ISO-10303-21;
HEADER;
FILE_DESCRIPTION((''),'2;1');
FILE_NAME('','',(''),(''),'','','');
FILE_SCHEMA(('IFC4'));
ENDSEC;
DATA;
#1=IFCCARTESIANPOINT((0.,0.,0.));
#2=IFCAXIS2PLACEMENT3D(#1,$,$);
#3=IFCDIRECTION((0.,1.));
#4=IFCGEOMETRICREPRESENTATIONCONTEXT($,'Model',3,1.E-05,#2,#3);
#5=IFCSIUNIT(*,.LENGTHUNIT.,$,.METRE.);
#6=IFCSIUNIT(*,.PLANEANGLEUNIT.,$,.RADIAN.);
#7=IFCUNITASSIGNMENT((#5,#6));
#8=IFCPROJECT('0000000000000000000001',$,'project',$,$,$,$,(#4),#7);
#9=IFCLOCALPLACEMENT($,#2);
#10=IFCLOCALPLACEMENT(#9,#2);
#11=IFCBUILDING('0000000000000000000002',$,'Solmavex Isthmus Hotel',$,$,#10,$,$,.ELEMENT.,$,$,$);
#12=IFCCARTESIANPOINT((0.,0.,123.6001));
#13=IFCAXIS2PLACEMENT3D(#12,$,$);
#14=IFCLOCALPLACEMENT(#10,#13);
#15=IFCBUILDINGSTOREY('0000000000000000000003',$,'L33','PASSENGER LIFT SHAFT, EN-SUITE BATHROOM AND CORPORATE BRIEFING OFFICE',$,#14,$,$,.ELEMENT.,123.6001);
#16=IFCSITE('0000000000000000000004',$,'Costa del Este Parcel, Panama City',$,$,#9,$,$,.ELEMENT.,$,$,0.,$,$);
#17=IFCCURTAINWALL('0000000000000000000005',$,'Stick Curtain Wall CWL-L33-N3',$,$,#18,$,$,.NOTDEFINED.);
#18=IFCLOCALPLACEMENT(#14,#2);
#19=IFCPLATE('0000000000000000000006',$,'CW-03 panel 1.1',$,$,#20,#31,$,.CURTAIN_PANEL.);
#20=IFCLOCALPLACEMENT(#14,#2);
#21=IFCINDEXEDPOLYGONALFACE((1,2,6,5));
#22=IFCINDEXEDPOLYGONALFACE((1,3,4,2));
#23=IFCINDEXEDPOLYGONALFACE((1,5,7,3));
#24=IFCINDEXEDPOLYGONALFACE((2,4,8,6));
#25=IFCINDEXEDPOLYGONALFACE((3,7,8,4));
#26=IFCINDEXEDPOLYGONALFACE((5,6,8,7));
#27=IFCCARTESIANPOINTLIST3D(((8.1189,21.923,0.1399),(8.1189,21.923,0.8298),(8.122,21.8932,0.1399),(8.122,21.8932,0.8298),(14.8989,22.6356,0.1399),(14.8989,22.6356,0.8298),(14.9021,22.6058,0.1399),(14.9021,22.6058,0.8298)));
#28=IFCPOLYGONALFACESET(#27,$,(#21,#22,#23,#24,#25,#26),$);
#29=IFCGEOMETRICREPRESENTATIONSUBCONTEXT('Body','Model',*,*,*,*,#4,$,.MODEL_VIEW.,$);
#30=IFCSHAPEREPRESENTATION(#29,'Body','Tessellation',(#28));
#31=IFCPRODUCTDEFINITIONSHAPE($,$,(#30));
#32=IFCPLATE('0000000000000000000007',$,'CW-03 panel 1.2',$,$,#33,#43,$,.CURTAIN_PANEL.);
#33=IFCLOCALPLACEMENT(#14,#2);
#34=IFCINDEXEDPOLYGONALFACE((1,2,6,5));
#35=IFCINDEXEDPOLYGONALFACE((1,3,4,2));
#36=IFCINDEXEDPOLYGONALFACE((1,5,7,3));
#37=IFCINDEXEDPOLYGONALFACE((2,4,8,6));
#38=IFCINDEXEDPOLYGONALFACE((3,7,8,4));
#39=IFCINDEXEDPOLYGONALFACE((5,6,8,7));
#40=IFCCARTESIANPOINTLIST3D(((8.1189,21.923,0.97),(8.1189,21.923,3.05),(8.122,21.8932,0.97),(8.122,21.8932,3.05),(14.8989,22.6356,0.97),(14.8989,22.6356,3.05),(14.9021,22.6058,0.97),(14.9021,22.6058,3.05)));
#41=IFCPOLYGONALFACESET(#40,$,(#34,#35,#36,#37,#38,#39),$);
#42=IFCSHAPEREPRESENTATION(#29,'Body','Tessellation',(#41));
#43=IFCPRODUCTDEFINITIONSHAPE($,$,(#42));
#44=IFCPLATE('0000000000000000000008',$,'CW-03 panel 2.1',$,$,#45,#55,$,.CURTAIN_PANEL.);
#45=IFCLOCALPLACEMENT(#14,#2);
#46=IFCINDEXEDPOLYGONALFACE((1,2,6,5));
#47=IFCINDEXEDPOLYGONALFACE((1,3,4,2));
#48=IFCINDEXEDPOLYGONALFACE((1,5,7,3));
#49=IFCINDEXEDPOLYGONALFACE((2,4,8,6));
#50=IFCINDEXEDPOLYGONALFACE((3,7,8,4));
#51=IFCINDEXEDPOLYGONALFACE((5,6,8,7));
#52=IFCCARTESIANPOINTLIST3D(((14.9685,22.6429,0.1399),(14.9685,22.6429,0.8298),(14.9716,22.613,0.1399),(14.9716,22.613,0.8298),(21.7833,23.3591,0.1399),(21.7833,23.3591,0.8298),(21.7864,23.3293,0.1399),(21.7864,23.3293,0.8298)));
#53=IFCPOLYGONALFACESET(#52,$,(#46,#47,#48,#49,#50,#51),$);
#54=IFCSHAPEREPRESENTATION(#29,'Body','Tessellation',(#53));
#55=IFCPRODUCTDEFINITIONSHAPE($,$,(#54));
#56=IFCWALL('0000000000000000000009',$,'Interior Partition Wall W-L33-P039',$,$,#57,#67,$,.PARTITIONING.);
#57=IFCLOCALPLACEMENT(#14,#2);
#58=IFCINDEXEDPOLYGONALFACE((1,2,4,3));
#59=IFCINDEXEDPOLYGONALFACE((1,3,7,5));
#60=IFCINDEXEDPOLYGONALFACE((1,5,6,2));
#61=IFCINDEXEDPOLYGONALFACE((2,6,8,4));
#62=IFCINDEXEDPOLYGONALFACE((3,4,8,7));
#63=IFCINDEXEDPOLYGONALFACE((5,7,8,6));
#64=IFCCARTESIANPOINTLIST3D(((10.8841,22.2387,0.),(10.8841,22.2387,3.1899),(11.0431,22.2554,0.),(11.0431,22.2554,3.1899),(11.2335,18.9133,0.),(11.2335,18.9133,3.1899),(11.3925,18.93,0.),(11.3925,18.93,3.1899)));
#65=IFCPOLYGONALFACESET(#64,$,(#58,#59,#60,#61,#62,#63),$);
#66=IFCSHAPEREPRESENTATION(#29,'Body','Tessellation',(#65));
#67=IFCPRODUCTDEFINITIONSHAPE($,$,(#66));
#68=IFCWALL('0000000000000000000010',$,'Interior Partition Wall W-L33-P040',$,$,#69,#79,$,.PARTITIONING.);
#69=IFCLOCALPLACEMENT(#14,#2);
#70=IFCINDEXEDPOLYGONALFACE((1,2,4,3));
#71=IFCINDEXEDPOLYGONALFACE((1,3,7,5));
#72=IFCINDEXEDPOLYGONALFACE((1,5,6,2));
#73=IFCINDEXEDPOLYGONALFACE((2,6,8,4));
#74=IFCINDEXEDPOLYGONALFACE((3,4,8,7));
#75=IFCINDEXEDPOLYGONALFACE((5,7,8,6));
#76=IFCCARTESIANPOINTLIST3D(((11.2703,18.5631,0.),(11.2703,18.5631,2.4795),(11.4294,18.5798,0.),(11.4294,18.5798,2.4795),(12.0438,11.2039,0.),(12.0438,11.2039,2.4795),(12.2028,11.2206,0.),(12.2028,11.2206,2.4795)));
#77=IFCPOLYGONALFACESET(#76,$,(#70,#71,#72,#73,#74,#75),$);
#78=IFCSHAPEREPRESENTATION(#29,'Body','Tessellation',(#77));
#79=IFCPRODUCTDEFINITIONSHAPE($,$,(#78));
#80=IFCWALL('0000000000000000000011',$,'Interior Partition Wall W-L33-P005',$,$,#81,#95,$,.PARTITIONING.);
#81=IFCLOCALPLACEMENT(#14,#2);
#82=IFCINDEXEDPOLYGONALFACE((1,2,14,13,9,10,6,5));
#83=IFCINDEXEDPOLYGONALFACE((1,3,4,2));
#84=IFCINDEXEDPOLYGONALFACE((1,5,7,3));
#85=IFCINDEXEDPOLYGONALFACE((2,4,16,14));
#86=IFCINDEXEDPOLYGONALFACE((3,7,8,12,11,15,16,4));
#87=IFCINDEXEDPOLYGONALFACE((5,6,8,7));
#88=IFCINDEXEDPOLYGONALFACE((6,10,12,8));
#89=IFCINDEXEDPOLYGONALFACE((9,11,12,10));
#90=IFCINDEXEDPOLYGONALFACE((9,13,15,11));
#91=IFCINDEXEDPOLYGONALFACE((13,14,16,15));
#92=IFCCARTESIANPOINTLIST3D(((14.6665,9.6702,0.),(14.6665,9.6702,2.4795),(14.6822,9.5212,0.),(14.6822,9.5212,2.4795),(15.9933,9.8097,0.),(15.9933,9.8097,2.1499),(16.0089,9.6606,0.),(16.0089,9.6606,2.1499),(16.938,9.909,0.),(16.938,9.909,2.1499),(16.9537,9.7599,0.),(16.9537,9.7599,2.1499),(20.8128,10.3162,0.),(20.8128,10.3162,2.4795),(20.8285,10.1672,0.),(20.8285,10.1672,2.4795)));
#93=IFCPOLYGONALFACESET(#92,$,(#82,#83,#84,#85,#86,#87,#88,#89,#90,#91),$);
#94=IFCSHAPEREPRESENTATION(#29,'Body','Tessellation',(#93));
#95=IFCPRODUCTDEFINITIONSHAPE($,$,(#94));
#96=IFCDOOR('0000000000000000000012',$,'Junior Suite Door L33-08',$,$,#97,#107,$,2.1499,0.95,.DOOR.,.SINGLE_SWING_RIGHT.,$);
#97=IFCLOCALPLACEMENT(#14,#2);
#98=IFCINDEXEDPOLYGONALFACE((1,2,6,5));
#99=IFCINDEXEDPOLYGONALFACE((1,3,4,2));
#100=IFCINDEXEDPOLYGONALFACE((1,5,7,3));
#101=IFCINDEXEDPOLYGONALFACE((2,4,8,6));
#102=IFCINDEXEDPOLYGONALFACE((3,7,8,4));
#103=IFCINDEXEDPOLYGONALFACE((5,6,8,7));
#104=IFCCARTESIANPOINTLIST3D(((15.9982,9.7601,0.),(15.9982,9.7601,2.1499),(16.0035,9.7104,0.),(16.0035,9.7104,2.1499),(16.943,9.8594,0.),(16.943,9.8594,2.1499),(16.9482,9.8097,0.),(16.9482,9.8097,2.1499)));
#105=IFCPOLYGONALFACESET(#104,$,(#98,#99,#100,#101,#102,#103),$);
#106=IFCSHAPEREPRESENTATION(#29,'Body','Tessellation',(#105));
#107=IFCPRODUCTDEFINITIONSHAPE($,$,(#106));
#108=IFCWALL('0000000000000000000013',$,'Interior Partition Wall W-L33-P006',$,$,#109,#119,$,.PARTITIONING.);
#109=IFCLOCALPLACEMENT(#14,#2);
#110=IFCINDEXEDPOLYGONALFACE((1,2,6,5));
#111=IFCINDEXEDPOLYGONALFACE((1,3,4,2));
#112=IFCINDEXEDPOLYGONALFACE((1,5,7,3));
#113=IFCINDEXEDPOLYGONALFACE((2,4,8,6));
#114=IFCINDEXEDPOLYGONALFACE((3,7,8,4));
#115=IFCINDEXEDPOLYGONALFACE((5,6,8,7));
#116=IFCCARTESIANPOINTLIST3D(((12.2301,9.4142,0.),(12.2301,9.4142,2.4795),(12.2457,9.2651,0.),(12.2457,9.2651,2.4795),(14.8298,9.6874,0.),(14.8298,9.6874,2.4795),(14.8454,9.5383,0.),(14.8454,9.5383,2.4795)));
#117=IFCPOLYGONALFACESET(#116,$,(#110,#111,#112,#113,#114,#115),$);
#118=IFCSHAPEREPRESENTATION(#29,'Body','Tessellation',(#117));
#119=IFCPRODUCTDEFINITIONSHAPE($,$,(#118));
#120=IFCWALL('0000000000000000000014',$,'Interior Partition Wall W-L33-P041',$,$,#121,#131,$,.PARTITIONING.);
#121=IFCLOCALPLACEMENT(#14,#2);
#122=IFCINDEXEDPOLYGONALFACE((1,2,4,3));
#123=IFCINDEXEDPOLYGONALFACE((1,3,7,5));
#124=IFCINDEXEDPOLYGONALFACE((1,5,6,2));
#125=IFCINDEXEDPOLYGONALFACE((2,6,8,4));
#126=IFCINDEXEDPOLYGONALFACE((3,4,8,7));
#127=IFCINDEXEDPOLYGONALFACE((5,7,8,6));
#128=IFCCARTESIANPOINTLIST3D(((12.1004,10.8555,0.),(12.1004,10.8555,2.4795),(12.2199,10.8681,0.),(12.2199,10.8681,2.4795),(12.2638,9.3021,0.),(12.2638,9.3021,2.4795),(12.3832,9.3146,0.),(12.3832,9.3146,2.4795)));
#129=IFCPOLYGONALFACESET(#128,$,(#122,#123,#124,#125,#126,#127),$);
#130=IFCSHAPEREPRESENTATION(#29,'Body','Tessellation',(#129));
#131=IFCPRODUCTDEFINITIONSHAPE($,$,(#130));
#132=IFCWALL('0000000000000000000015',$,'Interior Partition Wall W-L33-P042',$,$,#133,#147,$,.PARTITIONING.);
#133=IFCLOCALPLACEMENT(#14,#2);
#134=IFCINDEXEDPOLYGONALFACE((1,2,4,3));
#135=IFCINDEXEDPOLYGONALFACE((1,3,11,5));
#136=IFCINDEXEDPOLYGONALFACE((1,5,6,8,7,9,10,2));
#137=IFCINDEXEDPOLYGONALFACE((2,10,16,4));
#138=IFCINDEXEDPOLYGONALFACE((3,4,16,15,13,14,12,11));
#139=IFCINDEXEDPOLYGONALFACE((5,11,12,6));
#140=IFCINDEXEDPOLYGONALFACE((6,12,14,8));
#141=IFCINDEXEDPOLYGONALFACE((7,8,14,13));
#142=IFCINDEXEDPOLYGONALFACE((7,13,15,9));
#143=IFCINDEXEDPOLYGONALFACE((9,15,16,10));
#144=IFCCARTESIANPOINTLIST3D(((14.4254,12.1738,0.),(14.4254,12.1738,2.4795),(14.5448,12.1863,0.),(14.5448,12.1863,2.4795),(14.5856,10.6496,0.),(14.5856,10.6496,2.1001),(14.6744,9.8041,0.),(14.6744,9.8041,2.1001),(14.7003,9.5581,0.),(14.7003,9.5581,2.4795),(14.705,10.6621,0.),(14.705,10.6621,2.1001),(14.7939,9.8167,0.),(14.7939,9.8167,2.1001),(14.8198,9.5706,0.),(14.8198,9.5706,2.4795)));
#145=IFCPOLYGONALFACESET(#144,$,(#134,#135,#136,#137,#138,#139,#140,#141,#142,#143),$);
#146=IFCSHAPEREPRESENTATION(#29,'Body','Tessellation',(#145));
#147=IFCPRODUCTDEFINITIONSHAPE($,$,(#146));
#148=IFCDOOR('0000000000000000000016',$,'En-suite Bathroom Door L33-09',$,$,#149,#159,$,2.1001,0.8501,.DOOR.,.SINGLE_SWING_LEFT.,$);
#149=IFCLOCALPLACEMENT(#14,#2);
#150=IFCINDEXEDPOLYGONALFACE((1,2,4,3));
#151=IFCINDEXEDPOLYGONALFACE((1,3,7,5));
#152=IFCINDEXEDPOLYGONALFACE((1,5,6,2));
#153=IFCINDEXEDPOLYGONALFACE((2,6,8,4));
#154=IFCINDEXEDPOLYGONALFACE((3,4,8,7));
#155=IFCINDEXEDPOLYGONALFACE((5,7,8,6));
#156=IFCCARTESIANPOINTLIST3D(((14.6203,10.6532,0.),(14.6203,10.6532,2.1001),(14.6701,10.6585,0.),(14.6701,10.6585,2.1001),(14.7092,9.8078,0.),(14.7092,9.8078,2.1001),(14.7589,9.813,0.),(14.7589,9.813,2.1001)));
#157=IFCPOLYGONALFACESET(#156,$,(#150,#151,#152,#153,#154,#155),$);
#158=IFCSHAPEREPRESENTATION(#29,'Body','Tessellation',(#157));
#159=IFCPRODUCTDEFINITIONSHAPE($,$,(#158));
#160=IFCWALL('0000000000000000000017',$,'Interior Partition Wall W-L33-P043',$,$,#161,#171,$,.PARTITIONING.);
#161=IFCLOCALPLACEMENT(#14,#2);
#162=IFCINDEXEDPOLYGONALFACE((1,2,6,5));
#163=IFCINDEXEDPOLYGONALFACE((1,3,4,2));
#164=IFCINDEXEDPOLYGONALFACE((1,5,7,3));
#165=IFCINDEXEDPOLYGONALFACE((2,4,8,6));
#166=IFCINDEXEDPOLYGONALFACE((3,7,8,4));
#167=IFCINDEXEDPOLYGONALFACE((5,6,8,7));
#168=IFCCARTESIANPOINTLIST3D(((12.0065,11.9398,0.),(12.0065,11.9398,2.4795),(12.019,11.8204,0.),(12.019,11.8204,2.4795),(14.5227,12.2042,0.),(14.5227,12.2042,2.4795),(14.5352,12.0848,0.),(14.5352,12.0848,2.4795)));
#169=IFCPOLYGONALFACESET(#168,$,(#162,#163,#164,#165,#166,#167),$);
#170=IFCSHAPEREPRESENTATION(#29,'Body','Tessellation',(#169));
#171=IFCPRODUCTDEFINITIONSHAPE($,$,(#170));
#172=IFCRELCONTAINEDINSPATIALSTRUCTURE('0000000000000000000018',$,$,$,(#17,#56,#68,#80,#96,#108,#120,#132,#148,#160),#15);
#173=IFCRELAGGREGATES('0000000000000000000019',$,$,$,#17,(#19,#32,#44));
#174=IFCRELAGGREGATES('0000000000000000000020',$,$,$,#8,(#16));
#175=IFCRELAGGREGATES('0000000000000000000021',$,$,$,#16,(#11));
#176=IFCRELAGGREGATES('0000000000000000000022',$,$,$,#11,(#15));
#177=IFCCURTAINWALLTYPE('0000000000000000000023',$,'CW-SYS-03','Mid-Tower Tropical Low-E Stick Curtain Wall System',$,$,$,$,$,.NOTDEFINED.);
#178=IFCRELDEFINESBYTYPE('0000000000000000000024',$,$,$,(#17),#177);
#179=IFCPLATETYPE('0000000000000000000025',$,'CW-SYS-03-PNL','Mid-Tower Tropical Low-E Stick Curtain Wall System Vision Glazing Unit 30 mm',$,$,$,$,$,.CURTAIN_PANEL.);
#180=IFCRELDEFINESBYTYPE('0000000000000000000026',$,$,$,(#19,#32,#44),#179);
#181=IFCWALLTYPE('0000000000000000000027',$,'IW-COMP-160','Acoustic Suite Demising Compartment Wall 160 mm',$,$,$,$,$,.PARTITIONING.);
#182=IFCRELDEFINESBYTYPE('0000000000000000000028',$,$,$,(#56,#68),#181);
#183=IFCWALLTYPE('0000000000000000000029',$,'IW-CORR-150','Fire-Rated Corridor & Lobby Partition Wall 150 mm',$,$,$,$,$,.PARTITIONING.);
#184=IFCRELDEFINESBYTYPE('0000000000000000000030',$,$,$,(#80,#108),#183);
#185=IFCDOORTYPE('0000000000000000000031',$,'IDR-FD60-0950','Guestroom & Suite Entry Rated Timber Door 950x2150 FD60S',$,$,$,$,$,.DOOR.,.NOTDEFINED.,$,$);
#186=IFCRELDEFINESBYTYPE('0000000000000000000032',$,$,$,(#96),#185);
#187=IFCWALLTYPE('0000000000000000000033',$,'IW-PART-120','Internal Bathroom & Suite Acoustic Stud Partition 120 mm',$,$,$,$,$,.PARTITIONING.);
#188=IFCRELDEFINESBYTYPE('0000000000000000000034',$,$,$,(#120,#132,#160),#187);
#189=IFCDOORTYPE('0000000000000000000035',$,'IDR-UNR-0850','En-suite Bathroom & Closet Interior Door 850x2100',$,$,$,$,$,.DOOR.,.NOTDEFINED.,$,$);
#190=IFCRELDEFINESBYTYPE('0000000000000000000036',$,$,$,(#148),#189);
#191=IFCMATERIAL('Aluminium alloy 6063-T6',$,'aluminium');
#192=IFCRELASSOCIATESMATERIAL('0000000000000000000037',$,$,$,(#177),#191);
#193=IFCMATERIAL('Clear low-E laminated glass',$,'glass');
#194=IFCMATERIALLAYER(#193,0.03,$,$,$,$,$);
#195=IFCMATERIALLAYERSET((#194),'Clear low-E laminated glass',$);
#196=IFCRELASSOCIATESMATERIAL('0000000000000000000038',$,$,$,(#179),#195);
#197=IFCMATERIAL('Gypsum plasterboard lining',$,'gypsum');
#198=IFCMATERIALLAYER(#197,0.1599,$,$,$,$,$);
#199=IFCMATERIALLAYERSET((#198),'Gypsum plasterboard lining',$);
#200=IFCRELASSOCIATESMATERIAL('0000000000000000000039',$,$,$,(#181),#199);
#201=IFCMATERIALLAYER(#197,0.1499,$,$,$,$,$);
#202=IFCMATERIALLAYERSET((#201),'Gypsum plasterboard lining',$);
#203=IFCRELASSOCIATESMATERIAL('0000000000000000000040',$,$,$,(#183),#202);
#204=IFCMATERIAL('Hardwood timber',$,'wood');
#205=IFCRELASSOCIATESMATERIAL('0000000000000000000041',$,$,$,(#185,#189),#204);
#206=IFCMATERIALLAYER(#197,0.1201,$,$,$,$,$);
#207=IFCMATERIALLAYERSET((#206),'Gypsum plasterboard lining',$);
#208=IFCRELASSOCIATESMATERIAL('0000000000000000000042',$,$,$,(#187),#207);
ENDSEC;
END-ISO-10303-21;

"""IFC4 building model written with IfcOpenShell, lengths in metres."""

from ifc_helpers import new_model, si_unit, direction, frame, frame_2d, origin, origin_2d, place, context, subcontext, project, spatial, rectangle, extrude, material, layer, layer_set, type_object, element, fill, aggregate, save


model = new_model("IFC4")

# Units and contexts
model_context = context("Model", 3, precision=1e-05, world=origin(), true_north=direction((0.0, 1.0)))
body_context = subcontext(model_context, "Body", "Model", "MODEL_VIEW")
ifc_project = project(units=[si_unit("LENGTHUNIT", "METRE"), si_unit("PLANEANGLEUNIT", "RADIAN")], contexts=[model_context])

# Site, building, storey
site_placement = place(None, origin())
site = spatial("IfcSite", under=ifc_project, at=site_placement, Name="Costa del Este Parcel, Panama City", CompositionType="ELEMENT", RefElevation=0.0)
building_placement = place(site_placement, origin())
building = spatial("IfcBuilding", under=site, at=building_placement, Name="Solmavex Isthmus Hotel", CompositionType="ELEMENT")
storey_placement = place(building_placement, frame((0.0, 0.0, 123.6001)))
storey = spatial("IfcBuildingStorey", under=building, at=storey_placement, Name="L33", Description="PASSENGER LIFT SHAFT, EN-SUITE BATHROOM AND CORPORATE BRIEFING OFFICE", CompositionType="ELEMENT", Elevation=123.6001)

# Curtain wall, plates
ifc_material_1 = material(Name="Aluminium alloy 6063-T6", Category="aluminium")
curtain_wall_type = type_object("IfcCurtainWallType", Name="CW-SYS-03", Description="Mid-Tower Tropical Low-E Stick Curtain Wall System", PredefinedType="NOTDEFINED", material=ifc_material_1)
curtain_wall_placement = place(storey_placement, origin())
curtain_wall = element("IfcCurtainWall", 1, at=curtain_wall_placement, inside=storey, type_object=curtain_wall_type, Name="Stick Curtain Wall CWL-L33-N3", PredefinedType="NOTDEFINED")
ifc_material_2 = material(Name="Clear low-E laminated glass", Category="glass")
ifc_layer_1 = layer(ifc_material_2, 0.03)
ifc_layer_set_1 = layer_set([ifc_layer_1], Name="Clear low-E laminated glass")
plate_type = type_object("IfcPlateType", Name="CW-SYS-03-PNL", Description="Mid-Tower Tropical Low-E Stick Curtain Wall System Vision Glazing Unit 30 mm", PredefinedType="CURTAIN_PANEL", material=ifc_layer_set_1)
plate_1_placement = place(storey_placement, frame((11.5105, 22.2644, 0.1399), z_axis=(0.0, 0.0, 1.0), x_axis=(0.994522, 0.104528, 0.0)))
plate_1 = element("IfcPlate", 2, at=plate_1_placement, type_object=plate_type, Name="CW-03 panel 1.1", PredefinedType="CURTAIN_PANEL", context=body_context, shape_type="SweptSolid", body=[
    extrude(rectangle(XDim=6.8174, YDim=0.03, at=origin_2d()), origin(), (0.0, 0.0, 1.0), 0.6899),
])
plate_2_placement = place(storey_placement, frame((11.5105, 22.2644, 0.97), z_axis=(0.0, 0.0, 1.0), x_axis=(0.994522, 0.104528, 0.0)))
plate_2 = element("IfcPlate", 3, at=plate_2_placement, type_object=plate_type, Name="CW-03 panel 1.2", PredefinedType="CURTAIN_PANEL", context=body_context, shape_type="SweptSolid", body=[
    extrude(rectangle(XDim=6.8174, YDim=0.03, at=origin_2d()), origin(), (0.0, 0.0, 1.0), 2.0801),
])
plate_3_placement = place(storey_placement, frame((18.3774, 22.9861, 0.1399), z_axis=(0.0, 0.0, 1.0), x_axis=(0.994522, 0.104528, 0.0)))
plate_3 = element("IfcPlate", 4, at=plate_3_placement, type_object=plate_type, Name="CW-03 panel 2.1", PredefinedType="CURTAIN_PANEL", context=body_context, shape_type="SweptSolid", body=[
    extrude(rectangle(XDim=6.8523, YDim=0.03, at=origin_2d()), origin(), (0.0, 0.0, 1.0), 0.6899),
])
aggregate(curtain_wall, [plate_1, plate_2, plate_3])

# Walls
ifc_material_3 = material(Name="Gypsum plasterboard lining", Category="gypsum")
ifc_layer_2 = layer(ifc_material_3, 0.1599)
ifc_layer_set_2 = layer_set([ifc_layer_2], Name="Gypsum plasterboard lining")
wall_type_1 = type_object("IfcWallType", Name="IW-COMP-160", Description="Acoustic Suite Demising Compartment Wall 160 mm", PredefinedType="PARTITIONING", material=ifc_layer_set_2)
wall_1_placement = place(storey_placement, frame((10.9636, 22.2471, 0.0), z_axis=(0.0, 0.0, 1.0), x_axis=(0.104483, -0.994527, 0.0)))
element("IfcWall", 5, at=wall_1_placement, inside=storey, type_object=wall_type_1, Name="Interior Partition Wall W-L33-P039", PredefinedType="PARTITIONING", context=body_context, shape_type="SweptSolid", body=[
    extrude(rectangle(XDim=3.3438, YDim=0.1599, at=frame_2d((1.6719, 0.0))), origin(), (0.0, 0.0, 1.0), 3.1899),
])
wall_2_placement = place(storey_placement, frame((11.3499, 18.5713, 0.0), z_axis=(0.0, 0.0, 1.0), x_axis=(0.104523, -0.994522, 0.0)))
element("IfcWall", 6, at=wall_2_placement, inside=storey, type_object=wall_type_1, Name="Interior Partition Wall W-L33-P040", PredefinedType="PARTITIONING", context=body_context, shape_type="SweptSolid", body=[
    extrude(rectangle(XDim=7.3997, YDim=0.1599, at=frame_2d((3.6997, 0.0))), origin(), (0.0, 0.0, 1.0), 2.4795),
])

# Wall, opening, door
ifc_layer_3 = layer(ifc_material_3, 0.1499)
ifc_layer_set_3 = layer_set([ifc_layer_3], Name="Gypsum plasterboard lining")
wall_type_2 = type_object("IfcWallType", Name="IW-CORR-150", Description="Fire-Rated Corridor & Lobby Partition Wall 150 mm", PredefinedType="PARTITIONING", material=ifc_layer_set_3)
wall_3_placement = place(storey_placement, frame((14.6743, 9.5957, 0.0), z_axis=(0.0, 0.0, 1.0), x_axis=(0.994522, 0.104528, 0.0)))
wall_3 = element("IfcWall", 7, at=wall_3_placement, inside=storey, type_object=wall_type_2, Name="Interior Partition Wall W-L33-P005", PredefinedType="PARTITIONING", context=body_context, shape_type="SweptSolid", body=[
    extrude(rectangle(XDim=6.1802, YDim=0.1499, at=frame_2d((3.0901, 0.0))), origin(), (0.0, 0.0, 1.0), 2.4795),
])
opening_1_placement = place(wall_3_placement, frame((1.334, 0.0, 0.0)))
opening_1 = element("IfcOpeningElement", 8, at=opening_1_placement, cuts=wall_3, PredefinedType="OPENING", context=body_context, shape_type="SweptSolid", body=[
    extrude(rectangle(XDim=0.95, YDim=2.1499, at=frame_2d((0.4751, 1.075))), frame((0.0, 0.085, 0.0), z_axis=(0.0, -1.0, 0.0), x_axis=(1.0, 0.0, 0.0)), (0.0, 0.0, 1.0), 0.1699),
])
ifc_material_4 = material(Name="Hardwood timber", Category="wood")
door_type_1 = type_object("IfcDoorType", Name="IDR-FD60-0950", Description="Guestroom & Suite Entry Rated Timber Door 950x2150 FD60S", OperationType="NOTDEFINED", PredefinedType="DOOR", material=ifc_material_4)
door_1_placement = place(opening_1_placement, frame((0.95, 0.0, 0.0), z_axis=(0.0, 0.0, 1.0), x_axis=(-1.0, 0.0, 0.0)))
door_1 = element("IfcDoor", 9, at=door_1_placement, inside=storey, type_object=door_type_1, Name="Junior Suite Door L33-08", OperationType="SINGLE_SWING_RIGHT", OverallHeight=2.1499, OverallWidth=0.95, PredefinedType="DOOR", context=body_context, shape_type="SweptSolid", body=[
    extrude(rectangle(XDim=0.95, YDim=2.1499, at=frame_2d((0.4751, 1.075))), frame((0.0, 0.0249, 0.0), z_axis=(0.0, -1.0, 0.0), x_axis=(1.0, 0.0, 0.0)), (0.0, 0.0, 1.0), 0.05),
])
fill(opening_1, door_1)

# Walls
wall_4_placement = place(storey_placement, frame((12.2378, 9.3396, 0.0), z_axis=(0.0, 0.0, 1.0), x_axis=(0.994523, 0.104515, 0.0)))
element("IfcWall", 10, at=wall_4_placement, inside=storey, type_object=wall_type_2, Name="Interior Partition Wall W-L33-P006", PredefinedType="PARTITIONING", context=body_context, shape_type="SweptSolid", body=[
    extrude(rectangle(XDim=2.614, YDim=0.1499, at=frame_2d((1.3071, 0.0))), origin(), (0.0, 0.0, 1.0), 2.4795),
])
ifc_layer_4 = layer(ifc_material_3, 0.1201)
ifc_layer_set_4 = layer_set([ifc_layer_4], Name="Gypsum plasterboard lining")
wall_type_3 = type_object("IfcWallType", Name="IW-PART-120", Description="Internal Bathroom & Suite Acoustic Stud Partition 120 mm", PredefinedType="PARTITIONING", material=ifc_layer_set_4)
wall_5_placement = place(storey_placement, frame((12.1602, 10.8618, 0.0), z_axis=(0.0, 0.0, 1.0), x_axis=(0.104563, -0.994518, 0.0)))
element("IfcWall", 11, at=wall_5_placement, inside=storey, type_object=wall_type_3, Name="Interior Partition Wall W-L33-P041", PredefinedType="PARTITIONING", context=body_context, shape_type="SweptSolid", body=[
    extrude(rectangle(XDim=1.562, YDim=0.1201, at=frame_2d((0.781, 0.0))), origin(), (0.0, 0.0, 1.0), 2.4795),
])

# Wall, opening, door
wall_6_placement = place(storey_placement, frame((14.76, 9.5645, 0.0), z_axis=(0.0, 0.0, 1.0), x_axis=(-0.10452, 0.994523, 0.0)))
wall_6 = element("IfcWall", 12, at=wall_6_placement, inside=storey, type_object=wall_type_3, Name="Interior Partition Wall W-L33-P042", PredefinedType="PARTITIONING", context=body_context, shape_type="SweptSolid", body=[
    extrude(rectangle(XDim=2.6301, YDim=0.1201, at=frame_2d((1.3149, 0.0))), origin(), (0.0, 0.0, 1.0), 2.4795),
])
opening_2_placement = place(wall_6_placement, frame((0.2473, 0.0, 0.0)))
opening_2 = element("IfcOpeningElement", 13, at=opening_2_placement, cuts=wall_6, PredefinedType="OPENING", context=body_context, shape_type="SweptSolid", body=[
    extrude(rectangle(XDim=0.8501, YDim=2.1001, at=frame_2d((0.425, 1.05))), frame((0.0, 0.0701, 0.0), z_axis=(0.0, -1.0, 0.0), x_axis=(1.0, 0.0, 0.0)), (0.0, 0.0, 1.0), 0.1401),
])
door_type_2 = type_object("IfcDoorType", Name="IDR-UNR-0850", Description="En-suite Bathroom & Closet Interior Door 850x2100", OperationType="NOTDEFINED", PredefinedType="DOOR", material=ifc_material_4)
door_2_placement = place(opening_2_placement, frame((0.8501, 0.0, 0.0), z_axis=(0.0, 0.0, 1.0), x_axis=(-1.0, 0.0, 0.0)))
door_2 = element("IfcDoor", 14, at=door_2_placement, inside=storey, type_object=door_type_2, Name="En-suite Bathroom Door L33-09", OperationType="SINGLE_SWING_LEFT", OverallHeight=2.1001, OverallWidth=0.8501, PredefinedType="DOOR", context=body_context, shape_type="SweptSolid", body=[
    extrude(rectangle(XDim=0.8501, YDim=2.1001, at=frame_2d((0.425, 1.05))), frame((0.0, 0.0249, 0.0), z_axis=(0.0, -1.0, 0.0), x_axis=(1.0, 0.0, 0.0)), (0.0, 0.0, 1.0), 0.05),
])
fill(opening_2, door_2)

# Wall
wall_7_placement = place(storey_placement, frame((14.5291, 12.1445, 0.0), z_axis=(0.0, 0.0, 1.0), x_axis=(-0.994524, -0.104509, 0.0)))
element("IfcWall", 15, at=wall_7_placement, inside=storey, type_object=wall_type_3, Name="Interior Partition Wall W-L33-P043", PredefinedType="PARTITIONING", context=body_context, shape_type="SweptSolid", body=[
    extrude(rectangle(XDim=2.53, YDim=0.1201, at=frame_2d((1.2651, 0.0))), origin(), (0.0, 0.0, 1.0), 2.4795),
])

save(model, "model.ifc")
